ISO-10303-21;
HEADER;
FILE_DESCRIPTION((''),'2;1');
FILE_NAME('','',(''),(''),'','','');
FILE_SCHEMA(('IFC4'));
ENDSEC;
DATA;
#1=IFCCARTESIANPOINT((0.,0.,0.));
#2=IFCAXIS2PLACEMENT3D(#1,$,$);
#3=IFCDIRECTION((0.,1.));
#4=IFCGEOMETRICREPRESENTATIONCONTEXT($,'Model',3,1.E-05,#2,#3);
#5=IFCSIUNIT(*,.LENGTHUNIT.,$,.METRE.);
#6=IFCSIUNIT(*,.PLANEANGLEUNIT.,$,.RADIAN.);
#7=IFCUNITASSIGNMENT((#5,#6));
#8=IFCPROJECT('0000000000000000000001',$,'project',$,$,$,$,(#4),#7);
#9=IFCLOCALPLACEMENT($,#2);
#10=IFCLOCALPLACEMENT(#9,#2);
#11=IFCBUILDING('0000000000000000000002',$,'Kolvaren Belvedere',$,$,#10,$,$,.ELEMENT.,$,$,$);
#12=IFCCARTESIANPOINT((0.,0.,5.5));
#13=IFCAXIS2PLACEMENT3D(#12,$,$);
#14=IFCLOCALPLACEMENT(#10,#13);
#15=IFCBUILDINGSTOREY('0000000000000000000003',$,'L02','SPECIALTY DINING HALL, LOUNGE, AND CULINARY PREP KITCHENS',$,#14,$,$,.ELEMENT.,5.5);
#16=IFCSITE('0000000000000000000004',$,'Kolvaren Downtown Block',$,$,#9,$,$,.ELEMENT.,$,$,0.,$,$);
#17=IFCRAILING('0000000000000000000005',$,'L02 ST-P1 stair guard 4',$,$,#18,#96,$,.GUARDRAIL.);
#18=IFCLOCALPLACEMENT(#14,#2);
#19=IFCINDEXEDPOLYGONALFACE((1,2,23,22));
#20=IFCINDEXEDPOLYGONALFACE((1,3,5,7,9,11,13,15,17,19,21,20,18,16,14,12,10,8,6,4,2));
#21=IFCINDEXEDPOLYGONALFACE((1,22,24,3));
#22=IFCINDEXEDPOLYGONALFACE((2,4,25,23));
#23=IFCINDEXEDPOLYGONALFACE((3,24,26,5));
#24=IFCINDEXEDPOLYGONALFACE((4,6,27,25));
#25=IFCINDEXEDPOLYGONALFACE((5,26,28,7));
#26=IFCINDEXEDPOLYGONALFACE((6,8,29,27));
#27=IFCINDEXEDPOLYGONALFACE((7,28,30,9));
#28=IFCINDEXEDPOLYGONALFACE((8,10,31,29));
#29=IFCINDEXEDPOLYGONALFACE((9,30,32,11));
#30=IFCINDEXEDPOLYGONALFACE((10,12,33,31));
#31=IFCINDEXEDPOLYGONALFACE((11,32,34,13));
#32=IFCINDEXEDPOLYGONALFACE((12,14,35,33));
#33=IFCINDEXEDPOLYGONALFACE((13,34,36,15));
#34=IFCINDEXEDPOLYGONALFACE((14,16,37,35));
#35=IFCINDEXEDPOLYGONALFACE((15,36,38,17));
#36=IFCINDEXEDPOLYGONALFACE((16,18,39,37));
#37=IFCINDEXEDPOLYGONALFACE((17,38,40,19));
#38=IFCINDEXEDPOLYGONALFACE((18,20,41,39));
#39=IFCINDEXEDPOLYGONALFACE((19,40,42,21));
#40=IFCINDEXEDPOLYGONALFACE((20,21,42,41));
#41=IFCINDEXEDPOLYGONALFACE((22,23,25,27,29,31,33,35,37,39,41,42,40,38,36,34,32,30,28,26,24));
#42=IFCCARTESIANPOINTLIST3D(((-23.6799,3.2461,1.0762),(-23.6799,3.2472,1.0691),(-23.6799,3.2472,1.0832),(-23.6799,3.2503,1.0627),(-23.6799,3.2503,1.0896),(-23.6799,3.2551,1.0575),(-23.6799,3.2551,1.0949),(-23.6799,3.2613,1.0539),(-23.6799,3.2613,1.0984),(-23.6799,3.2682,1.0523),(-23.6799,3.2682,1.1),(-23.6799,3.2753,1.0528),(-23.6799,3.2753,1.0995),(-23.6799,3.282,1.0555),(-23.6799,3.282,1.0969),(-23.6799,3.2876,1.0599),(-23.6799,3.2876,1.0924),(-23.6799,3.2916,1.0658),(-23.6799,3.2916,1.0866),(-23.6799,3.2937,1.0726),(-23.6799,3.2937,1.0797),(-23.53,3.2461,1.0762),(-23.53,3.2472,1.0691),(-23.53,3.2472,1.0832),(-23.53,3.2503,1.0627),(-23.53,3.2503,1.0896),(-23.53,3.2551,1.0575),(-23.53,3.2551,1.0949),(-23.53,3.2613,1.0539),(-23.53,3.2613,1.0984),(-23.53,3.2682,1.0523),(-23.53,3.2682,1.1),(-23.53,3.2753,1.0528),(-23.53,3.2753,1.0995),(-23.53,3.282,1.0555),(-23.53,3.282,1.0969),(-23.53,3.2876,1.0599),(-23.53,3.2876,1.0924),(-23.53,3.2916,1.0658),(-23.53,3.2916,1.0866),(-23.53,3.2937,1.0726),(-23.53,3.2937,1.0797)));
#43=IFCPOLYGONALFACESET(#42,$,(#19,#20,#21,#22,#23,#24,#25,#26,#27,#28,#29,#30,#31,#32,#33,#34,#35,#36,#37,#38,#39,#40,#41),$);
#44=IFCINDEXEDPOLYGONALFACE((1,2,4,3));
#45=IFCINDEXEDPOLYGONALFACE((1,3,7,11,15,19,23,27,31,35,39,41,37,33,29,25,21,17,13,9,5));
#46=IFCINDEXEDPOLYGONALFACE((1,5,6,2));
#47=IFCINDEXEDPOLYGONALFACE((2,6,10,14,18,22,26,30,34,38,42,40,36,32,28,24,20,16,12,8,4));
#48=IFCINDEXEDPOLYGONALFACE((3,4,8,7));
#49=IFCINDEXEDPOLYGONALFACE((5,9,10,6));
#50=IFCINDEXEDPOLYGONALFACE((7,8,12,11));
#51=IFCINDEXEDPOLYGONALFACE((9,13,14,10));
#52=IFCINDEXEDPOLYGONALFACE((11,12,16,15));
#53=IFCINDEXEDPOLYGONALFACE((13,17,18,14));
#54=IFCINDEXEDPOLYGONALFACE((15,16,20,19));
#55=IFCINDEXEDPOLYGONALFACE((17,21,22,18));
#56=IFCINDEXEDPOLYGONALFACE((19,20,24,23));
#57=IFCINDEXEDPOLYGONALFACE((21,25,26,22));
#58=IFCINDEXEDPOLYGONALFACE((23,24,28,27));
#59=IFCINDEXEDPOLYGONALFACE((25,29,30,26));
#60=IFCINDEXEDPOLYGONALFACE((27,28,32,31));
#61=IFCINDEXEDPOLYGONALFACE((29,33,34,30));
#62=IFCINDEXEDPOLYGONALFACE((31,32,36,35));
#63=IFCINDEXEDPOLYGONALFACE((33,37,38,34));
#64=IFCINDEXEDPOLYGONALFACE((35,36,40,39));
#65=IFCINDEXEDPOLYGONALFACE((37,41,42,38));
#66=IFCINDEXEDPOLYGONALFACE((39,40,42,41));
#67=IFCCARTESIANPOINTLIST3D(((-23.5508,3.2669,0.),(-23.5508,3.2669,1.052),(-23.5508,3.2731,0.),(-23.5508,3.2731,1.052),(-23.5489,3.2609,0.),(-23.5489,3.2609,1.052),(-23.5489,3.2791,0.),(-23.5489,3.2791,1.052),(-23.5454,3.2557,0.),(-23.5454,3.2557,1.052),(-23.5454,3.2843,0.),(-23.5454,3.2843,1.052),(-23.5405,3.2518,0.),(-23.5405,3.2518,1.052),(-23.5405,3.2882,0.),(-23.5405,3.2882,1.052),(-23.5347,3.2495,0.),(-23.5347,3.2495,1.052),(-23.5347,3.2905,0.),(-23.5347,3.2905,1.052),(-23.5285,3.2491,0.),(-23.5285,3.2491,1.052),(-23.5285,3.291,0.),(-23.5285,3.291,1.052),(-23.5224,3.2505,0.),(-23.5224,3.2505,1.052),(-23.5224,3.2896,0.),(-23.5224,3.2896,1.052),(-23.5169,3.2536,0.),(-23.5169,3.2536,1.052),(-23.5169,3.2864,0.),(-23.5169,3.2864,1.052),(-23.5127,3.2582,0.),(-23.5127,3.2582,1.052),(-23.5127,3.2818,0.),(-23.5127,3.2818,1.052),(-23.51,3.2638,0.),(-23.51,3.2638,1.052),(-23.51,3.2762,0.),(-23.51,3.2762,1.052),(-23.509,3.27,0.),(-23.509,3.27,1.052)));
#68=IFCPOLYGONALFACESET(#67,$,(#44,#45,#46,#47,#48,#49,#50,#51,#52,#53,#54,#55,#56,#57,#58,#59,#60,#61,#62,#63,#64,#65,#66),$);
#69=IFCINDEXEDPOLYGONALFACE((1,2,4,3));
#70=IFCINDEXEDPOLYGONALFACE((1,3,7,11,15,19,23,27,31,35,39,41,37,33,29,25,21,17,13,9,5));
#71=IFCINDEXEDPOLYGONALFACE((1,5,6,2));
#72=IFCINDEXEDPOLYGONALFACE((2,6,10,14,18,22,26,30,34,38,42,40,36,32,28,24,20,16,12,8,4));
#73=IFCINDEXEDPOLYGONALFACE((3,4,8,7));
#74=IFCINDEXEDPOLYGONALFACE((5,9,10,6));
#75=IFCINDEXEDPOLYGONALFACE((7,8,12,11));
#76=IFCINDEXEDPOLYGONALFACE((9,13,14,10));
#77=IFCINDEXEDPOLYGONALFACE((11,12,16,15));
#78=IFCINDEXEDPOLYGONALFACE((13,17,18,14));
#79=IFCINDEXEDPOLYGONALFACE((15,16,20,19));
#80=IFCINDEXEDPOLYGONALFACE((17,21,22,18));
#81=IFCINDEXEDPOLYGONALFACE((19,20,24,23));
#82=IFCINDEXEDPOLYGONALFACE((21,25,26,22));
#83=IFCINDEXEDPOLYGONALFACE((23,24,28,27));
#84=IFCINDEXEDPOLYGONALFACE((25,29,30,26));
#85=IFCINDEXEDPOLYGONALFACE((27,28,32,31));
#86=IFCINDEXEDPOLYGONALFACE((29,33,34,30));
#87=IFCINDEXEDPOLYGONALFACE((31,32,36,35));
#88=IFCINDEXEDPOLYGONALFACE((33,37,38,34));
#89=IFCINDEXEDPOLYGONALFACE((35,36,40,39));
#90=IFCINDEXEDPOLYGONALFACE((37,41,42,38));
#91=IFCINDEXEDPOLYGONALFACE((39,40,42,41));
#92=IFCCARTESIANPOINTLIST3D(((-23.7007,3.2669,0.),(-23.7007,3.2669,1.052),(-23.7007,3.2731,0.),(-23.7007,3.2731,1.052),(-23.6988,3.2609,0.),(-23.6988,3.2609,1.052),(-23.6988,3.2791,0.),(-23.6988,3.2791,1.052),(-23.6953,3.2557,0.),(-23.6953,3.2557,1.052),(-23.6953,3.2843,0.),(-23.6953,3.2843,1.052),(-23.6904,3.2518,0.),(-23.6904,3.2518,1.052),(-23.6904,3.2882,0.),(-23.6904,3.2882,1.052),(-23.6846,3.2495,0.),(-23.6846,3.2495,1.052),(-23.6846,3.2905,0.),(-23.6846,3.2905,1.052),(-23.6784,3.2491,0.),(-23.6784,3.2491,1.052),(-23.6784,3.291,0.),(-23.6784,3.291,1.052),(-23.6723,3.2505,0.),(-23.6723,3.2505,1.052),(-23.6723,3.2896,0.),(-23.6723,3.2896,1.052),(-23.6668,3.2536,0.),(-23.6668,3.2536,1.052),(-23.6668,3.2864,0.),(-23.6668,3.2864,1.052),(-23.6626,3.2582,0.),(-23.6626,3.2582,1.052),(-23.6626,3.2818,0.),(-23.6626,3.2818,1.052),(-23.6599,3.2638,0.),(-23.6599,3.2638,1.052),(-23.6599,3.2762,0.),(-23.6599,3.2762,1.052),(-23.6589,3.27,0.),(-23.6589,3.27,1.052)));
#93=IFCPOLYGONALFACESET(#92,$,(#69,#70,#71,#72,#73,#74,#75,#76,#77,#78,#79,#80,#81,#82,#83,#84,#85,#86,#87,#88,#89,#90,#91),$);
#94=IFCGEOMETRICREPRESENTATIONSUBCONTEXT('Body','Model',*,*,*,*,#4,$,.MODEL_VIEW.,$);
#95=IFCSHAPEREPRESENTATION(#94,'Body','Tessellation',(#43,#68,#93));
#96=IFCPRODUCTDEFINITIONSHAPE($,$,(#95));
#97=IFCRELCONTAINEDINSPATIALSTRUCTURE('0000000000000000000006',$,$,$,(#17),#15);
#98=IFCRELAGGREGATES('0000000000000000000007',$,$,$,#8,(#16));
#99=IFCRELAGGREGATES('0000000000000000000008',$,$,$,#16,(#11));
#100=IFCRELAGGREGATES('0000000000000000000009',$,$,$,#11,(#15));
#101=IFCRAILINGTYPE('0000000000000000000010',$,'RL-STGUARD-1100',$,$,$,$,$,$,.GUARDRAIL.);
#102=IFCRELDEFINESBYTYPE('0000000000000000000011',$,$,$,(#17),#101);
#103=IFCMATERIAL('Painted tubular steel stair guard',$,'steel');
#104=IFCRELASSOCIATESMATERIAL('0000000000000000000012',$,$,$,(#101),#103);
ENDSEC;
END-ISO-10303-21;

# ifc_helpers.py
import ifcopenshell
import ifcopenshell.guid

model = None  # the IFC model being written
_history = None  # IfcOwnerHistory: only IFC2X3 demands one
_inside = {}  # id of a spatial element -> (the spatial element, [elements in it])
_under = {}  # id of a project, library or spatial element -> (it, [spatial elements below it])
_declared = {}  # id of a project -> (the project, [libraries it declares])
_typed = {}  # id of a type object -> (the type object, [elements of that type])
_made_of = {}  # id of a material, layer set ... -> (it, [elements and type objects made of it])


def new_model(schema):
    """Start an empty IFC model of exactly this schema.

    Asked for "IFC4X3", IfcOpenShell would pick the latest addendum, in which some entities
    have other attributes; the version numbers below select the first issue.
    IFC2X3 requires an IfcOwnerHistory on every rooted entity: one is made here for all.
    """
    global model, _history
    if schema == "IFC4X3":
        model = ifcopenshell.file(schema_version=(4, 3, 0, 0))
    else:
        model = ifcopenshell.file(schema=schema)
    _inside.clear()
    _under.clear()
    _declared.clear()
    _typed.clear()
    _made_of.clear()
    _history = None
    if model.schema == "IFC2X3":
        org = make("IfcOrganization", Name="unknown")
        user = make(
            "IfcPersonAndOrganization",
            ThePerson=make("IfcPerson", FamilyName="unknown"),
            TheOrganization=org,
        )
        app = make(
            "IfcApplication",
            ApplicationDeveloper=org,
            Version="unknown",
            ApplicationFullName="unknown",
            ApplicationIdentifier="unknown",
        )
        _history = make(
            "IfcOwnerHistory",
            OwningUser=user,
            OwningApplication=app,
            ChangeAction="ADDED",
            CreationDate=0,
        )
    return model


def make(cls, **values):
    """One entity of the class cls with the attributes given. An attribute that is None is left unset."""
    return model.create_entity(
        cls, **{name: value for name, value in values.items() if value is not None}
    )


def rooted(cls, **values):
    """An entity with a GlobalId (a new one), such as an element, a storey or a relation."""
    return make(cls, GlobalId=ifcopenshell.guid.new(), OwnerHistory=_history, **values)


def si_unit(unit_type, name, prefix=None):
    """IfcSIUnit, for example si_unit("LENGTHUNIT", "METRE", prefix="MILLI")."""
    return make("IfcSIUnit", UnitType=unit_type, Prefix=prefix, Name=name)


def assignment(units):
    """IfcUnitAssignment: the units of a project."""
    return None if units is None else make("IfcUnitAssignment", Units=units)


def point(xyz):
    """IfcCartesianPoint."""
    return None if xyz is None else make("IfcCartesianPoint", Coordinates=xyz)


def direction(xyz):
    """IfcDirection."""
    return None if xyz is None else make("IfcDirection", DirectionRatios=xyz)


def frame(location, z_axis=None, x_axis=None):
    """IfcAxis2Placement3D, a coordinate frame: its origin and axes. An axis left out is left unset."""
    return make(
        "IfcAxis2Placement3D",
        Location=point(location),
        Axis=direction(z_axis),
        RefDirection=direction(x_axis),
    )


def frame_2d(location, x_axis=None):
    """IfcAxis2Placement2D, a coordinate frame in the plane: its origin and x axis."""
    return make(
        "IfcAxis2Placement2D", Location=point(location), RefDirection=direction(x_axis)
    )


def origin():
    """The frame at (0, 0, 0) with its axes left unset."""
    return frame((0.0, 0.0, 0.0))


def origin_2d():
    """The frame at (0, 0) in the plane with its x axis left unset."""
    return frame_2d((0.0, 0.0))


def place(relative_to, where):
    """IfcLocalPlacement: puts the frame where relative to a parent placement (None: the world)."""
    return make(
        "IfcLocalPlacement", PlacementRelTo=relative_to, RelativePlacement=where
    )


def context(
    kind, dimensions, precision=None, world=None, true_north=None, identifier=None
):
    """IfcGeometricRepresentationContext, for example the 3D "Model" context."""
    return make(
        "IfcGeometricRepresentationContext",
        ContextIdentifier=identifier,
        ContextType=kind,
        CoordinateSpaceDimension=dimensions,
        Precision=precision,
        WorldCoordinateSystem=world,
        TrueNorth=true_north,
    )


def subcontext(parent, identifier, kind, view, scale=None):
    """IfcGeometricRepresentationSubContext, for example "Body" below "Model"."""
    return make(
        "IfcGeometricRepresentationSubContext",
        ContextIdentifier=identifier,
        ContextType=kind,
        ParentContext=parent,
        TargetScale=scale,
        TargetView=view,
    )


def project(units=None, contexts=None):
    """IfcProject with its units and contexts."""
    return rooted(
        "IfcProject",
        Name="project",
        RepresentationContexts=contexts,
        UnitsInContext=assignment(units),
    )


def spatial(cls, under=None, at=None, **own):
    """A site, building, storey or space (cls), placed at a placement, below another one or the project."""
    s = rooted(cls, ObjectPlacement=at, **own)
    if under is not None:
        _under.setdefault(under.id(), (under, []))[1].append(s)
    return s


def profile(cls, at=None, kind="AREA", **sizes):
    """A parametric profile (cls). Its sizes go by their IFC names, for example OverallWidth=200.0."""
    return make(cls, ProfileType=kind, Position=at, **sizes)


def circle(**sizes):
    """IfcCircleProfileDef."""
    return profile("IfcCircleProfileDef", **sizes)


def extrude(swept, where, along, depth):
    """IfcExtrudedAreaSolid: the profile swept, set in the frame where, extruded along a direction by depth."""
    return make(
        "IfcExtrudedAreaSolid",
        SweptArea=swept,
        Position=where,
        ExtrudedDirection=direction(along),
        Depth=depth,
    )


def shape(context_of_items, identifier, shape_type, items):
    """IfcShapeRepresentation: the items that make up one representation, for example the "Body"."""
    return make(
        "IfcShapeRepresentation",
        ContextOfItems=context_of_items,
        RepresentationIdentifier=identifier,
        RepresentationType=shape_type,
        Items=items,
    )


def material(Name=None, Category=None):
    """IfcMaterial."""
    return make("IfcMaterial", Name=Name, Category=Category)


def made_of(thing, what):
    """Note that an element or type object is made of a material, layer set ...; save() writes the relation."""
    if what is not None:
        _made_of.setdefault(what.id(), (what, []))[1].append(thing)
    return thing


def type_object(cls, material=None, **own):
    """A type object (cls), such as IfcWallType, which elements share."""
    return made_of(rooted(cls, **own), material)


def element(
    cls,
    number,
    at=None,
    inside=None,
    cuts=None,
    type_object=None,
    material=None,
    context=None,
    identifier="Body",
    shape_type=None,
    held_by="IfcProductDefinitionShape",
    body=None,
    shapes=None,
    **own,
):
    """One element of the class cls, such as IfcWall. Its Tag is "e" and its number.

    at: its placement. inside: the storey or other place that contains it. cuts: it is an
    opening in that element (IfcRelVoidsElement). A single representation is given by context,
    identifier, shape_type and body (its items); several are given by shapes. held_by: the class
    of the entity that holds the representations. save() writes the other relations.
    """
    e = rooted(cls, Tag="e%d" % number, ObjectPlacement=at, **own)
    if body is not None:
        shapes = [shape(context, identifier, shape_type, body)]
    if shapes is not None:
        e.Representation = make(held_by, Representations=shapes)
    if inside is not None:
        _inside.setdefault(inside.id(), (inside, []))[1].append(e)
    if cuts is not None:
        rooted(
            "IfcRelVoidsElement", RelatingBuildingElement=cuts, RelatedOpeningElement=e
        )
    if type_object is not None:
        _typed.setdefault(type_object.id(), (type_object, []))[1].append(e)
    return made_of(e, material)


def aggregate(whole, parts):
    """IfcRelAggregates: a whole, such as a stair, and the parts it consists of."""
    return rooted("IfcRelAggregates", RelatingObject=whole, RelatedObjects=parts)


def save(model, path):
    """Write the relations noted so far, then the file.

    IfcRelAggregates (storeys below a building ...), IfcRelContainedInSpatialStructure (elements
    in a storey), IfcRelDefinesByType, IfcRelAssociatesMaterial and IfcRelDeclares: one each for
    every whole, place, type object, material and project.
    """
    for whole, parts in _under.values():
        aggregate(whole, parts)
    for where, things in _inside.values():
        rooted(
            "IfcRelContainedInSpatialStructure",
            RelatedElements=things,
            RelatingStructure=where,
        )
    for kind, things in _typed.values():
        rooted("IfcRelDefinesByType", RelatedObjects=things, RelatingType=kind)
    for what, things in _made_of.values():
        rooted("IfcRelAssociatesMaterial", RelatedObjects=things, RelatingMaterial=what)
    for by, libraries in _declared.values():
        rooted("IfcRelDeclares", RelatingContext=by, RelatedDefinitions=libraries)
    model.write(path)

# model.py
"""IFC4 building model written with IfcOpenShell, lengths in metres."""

from ifc_helpers import new_model, si_unit, direction, frame, origin, origin_2d, place, context, subcontext, project, spatial, circle, extrude, material, type_object, element, save


model = new_model("IFC4")

# Units and contexts
model_context = context("Model", 3, precision=1e-05, world=origin(), true_north=direction((0.0, 1.0)))
body_context = subcontext(model_context, "Body", "Model", "MODEL_VIEW")
ifc_project = project(units=[si_unit("LENGTHUNIT", "METRE"), si_unit("PLANEANGLEUNIT", "RADIAN")], contexts=[model_context])

# Site, building, storey
site_placement = place(None, origin())
site = spatial("IfcSite", under=ifc_project, at=site_placement, Name="Kolvaren Downtown Block", CompositionType="ELEMENT", RefElevation=0.0)
building_placement = place(site_placement, origin())
building = spatial("IfcBuilding", under=site, at=building_placement, Name="Kolvaren Belvedere", CompositionType="ELEMENT")
storey_placement = place(building_placement, frame((0.0, 0.0, 5.5)))
storey = spatial("IfcBuildingStorey", under=building, at=storey_placement, Name="L02", Description="SPECIALTY DINING HALL, LOUNGE, AND CULINARY PREP KITCHENS", CompositionType="ELEMENT", Elevation=5.5)

# Railing
ifc_material_1 = material(Name="Painted tubular steel stair guard", Category="steel")
railing_type_1 = type_object("IfcRailingType", Name="RL-STGUARD-1100", PredefinedType="GUARDRAIL", material=ifc_material_1)
railing_1_placement = place(storey_placement, frame((-23.53, 3.27, 0.0)))
element("IfcRailing", 1, at=railing_1_placement, inside=storey, type_object=railing_type_1, Name="L02 ST-P1 stair guard 4", PredefinedType="GUARDRAIL", context=body_context, shape_type="SweptSolid", body=[
    extrude(circle(Radius=0.0239, at=origin_2d()), frame((0.0, 0.0, 1.0762), z_axis=(-1.0, 0.0, 0.0), x_axis=(0.0, -1.0, 0.0)), (0.0, 0.0, 1.0), 0.1499),
    extrude(circle(Radius=0.021, at=origin_2d()), origin(), (0.0, 0.0, 1.0), 1.052),
    extrude(circle(Radius=0.021, at=origin_2d()), frame((-0.1499, 0.0, 0.0)), (0.0, 0.0, 1.0), 1.052),
])

save(model, "model.ifc")
